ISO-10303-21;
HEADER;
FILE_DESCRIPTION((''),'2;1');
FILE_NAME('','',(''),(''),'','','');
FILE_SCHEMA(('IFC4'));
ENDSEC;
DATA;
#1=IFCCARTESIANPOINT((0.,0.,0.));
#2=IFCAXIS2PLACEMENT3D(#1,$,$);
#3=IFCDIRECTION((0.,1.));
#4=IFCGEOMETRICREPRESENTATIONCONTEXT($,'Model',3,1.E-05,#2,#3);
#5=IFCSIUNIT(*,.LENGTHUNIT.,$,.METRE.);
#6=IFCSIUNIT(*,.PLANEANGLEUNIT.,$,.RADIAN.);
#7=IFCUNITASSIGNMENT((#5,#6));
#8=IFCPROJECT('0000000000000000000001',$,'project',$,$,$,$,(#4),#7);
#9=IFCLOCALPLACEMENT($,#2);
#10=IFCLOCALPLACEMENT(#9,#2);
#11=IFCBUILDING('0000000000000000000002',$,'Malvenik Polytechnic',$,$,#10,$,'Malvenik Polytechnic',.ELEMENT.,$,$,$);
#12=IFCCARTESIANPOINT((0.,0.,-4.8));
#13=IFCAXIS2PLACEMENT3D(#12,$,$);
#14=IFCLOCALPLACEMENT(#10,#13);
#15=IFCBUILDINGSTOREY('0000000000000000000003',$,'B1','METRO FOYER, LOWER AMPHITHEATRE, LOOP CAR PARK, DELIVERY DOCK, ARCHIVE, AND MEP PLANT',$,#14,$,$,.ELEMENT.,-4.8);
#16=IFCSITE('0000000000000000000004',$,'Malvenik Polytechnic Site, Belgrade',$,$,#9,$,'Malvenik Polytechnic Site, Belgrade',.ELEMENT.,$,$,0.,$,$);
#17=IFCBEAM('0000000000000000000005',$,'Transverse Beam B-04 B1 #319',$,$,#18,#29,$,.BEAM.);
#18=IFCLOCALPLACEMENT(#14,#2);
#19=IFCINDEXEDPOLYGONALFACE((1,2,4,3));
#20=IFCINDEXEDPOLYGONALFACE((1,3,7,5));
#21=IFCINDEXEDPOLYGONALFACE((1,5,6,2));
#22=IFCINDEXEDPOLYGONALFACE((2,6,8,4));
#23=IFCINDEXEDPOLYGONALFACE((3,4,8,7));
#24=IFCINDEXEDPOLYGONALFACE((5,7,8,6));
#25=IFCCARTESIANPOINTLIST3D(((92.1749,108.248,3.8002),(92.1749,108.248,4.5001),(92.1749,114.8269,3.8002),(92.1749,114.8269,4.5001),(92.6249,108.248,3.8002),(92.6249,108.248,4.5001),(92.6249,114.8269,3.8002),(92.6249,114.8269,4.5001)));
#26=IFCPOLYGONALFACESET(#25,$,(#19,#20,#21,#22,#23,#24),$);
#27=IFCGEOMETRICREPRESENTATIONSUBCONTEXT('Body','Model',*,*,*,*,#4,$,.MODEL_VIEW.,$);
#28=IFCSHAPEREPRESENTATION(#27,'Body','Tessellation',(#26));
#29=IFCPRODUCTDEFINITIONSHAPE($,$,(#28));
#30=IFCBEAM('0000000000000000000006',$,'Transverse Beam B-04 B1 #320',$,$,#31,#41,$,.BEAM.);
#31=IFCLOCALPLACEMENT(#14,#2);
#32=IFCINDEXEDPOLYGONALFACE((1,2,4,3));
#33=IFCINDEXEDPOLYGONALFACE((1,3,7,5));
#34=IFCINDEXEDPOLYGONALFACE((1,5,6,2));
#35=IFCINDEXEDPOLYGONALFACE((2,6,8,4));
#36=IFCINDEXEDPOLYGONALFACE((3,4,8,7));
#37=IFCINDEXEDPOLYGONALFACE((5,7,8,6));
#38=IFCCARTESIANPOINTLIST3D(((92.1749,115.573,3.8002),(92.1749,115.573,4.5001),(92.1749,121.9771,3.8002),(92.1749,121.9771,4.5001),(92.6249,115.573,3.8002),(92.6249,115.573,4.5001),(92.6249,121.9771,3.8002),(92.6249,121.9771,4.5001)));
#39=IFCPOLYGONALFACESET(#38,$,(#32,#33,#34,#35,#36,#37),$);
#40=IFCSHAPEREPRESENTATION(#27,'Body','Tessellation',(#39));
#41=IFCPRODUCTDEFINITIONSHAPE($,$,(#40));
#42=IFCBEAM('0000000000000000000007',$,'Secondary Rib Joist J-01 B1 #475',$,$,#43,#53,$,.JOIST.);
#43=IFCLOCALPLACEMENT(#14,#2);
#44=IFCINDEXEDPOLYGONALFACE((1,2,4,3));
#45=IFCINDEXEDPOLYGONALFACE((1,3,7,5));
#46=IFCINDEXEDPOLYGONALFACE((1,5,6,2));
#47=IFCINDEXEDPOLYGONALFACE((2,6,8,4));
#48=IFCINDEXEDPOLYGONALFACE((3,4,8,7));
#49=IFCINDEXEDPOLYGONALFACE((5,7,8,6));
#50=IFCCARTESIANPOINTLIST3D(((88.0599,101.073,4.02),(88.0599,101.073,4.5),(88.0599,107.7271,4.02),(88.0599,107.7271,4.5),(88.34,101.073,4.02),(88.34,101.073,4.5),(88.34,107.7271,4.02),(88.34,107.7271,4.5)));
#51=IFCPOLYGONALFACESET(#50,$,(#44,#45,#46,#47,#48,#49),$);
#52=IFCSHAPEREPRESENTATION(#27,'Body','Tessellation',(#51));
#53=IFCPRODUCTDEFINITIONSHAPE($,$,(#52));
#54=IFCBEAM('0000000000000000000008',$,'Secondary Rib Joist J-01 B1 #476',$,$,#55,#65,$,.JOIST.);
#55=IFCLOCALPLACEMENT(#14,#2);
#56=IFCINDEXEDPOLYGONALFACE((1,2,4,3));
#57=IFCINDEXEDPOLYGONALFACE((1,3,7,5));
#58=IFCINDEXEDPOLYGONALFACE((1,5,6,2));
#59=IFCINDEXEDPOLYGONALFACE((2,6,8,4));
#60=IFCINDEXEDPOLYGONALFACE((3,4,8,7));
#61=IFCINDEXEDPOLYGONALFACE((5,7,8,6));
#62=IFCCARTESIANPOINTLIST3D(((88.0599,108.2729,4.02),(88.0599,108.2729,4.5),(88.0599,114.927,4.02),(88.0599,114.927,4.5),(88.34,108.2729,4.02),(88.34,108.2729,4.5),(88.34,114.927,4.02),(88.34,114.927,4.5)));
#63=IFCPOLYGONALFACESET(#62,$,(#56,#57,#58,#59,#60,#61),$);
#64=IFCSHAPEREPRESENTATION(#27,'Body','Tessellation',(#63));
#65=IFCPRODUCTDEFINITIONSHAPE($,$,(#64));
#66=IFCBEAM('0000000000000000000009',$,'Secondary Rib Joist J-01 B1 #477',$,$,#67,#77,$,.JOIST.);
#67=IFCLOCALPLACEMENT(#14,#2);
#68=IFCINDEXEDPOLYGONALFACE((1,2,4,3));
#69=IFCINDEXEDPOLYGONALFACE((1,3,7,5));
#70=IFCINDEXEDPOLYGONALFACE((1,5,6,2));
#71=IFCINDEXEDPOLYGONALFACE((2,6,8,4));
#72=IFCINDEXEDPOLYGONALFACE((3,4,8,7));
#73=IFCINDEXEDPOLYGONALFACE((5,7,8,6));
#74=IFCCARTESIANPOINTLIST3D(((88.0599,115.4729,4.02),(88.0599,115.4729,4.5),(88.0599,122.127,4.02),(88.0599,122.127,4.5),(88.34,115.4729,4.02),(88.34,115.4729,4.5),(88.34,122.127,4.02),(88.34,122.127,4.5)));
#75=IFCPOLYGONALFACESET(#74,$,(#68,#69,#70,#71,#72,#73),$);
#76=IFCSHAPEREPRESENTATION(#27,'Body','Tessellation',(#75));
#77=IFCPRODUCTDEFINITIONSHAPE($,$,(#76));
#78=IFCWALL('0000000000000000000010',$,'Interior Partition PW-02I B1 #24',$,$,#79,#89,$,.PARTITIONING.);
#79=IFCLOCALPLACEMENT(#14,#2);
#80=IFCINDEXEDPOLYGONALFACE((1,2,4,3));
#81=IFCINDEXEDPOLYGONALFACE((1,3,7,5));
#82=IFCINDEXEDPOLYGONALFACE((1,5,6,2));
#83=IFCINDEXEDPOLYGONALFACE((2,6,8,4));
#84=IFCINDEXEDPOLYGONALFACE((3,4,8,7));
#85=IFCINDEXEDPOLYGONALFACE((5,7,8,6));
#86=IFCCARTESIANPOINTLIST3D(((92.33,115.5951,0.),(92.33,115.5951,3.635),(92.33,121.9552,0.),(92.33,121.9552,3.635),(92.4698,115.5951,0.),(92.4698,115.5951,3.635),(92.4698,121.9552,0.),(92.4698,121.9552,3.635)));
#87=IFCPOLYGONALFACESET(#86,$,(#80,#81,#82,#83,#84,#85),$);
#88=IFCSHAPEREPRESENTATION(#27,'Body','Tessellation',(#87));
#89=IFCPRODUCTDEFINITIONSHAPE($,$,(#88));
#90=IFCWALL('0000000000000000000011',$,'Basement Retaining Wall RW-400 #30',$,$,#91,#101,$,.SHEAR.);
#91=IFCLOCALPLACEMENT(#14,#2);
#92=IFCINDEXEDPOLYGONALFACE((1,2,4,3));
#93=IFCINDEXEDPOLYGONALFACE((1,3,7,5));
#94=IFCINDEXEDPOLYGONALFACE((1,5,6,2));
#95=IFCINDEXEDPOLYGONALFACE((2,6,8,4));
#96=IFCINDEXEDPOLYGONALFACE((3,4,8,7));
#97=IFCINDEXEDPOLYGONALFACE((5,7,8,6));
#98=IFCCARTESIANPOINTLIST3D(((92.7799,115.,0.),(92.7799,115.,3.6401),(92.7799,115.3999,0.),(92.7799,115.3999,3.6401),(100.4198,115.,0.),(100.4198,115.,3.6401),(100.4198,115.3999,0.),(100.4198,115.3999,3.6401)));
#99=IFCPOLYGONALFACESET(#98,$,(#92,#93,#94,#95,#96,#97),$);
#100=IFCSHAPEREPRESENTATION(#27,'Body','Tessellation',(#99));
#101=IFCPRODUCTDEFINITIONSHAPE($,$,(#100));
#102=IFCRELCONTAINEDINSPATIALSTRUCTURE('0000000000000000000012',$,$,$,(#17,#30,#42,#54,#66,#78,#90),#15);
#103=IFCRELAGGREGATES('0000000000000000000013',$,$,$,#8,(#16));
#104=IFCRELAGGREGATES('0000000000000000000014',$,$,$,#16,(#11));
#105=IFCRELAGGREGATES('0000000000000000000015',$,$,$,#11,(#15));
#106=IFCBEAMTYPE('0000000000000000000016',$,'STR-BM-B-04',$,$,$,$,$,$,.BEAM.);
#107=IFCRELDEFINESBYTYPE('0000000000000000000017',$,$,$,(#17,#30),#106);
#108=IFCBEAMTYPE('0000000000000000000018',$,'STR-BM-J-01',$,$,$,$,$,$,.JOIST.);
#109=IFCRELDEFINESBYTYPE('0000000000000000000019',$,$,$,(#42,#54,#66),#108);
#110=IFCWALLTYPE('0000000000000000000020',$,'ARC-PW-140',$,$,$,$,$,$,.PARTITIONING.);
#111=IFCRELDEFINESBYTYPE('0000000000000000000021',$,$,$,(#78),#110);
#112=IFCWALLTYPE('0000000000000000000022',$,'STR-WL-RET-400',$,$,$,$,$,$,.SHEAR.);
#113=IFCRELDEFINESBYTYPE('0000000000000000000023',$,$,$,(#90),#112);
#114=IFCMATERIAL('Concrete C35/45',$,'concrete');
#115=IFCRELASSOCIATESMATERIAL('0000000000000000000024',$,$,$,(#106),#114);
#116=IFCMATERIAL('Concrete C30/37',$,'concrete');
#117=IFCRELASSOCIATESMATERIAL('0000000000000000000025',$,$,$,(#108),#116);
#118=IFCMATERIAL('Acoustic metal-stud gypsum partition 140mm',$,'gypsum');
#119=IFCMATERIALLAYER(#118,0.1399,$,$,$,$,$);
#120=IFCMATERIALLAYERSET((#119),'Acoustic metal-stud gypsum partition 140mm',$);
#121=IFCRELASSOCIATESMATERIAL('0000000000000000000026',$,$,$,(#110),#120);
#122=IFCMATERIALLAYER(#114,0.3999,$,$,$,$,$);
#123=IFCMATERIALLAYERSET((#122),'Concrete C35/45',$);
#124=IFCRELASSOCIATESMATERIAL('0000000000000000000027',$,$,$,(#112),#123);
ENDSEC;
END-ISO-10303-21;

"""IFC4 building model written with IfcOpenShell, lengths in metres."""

from ifc_helpers import new_model, si_unit, direction, frame, frame_2d, origin, origin_2d, place, context, subcontext, project, spatial, rectangle, extrude, material, layer, layer_set, material_profile, profile_set, type_object, element, save


model = new_model("IFC4")

# Units and contexts
model_context = context("Model", 3, precision=1e-05, world=origin(), true_north=direction((0.0, 1.0)))
body_context = subcontext(model_context, "Body", "Model", "MODEL_VIEW")
ifc_project = project(units=[si_unit("LENGTHUNIT", "METRE"), si_unit("PLANEANGLEUNIT", "RADIAN")], contexts=[model_context])

# Site, building, storey
site_placement = place(None, origin())
site = spatial("IfcSite", under=ifc_project, at=site_placement, Name="Malvenik Polytechnic Site, Belgrade", LongName="Malvenik Polytechnic Site, Belgrade", CompositionType="ELEMENT", RefElevation=0.0)
building_placement = place(site_placement, origin())
building = spatial("IfcBuilding", under=site, at=building_placement, Name="Malvenik Polytechnic", LongName="Malvenik Polytechnic", CompositionType="ELEMENT")
storey_placement = place(building_placement, frame((0.0, 0.0, -4.8)))
storey = spatial("IfcBuildingStorey", under=building, at=storey_placement, Name="B1", Description="METRO FOYER, LOWER AMPHITHEATRE, LOOP CAR PARK, DELIVERY DOCK, ARCHIVE, AND MEP PLANT", CompositionType="ELEMENT", Elevation=-4.8)

# Shared definitions
ifc_material_1 = material(Name="Concrete C35/45", Category="concrete")

# Beams
ifc_material_profile_1 = material_profile(ifc_material_1, rectangle(XDim=0.45, YDim=0.7, at=origin_2d()), Name="RC BM 450x700")
ifc_profile_set_1 = profile_set([ifc_material_profile_1], Name="Concrete C35/45")
beam_type_1 = type_object("IfcBeamType", Name="STR-BM-B-04", PredefinedType="BEAM", material=ifc_profile_set_1)
beam_1_placement = place(storey_placement, frame((92.3999, 108.248, 4.1501), z_axis=(0.0, 1.0, 0.0), x_axis=(-1.0, 0.0, 0.0)))
element("IfcBeam", 1, at=beam_1_placement, inside=storey, type_object=beam_type_1, Name="Transverse Beam B-04 B1 #319", PredefinedType="BEAM", context=body_context, shape_type="SweptSolid", body=[
    extrude(rectangle(XDim=0.45, YDim=0.7, at=origin_2d()), origin(), (0.0, 0.0, 1.0), 6.5789),
])
beam_2_placement = place(storey_placement, frame((92.3999, 115.573, 4.1501), z_axis=(0.0, 1.0, 0.0), x_axis=(-1.0, 0.0, 0.0)))
element("IfcBeam", 2, at=beam_2_placement, inside=storey, type_object=beam_type_1, Name="Transverse Beam B-04 B1 #320", PredefinedType="BEAM", context=body_context, shape_type="SweptSolid", body=[
    extrude(rectangle(XDim=0.45, YDim=0.7, at=origin_2d()), origin(), (0.0, 0.0, 1.0), 6.4041),
])
ifc_material_2 = material(Name="Concrete C30/37", Category="concrete")
ifc_material_profile_2 = material_profile(ifc_material_2, rectangle(XDim=0.28, YDim=0.48, at=origin_2d()), Name="RC JST 280x480")
ifc_profile_set_2 = profile_set([ifc_material_profile_2], Name="Concrete C30/37")
beam_type_2 = type_object("IfcBeamType", Name="STR-BM-J-01", PredefinedType="JOIST", material=ifc_profile_set_2)
for number, where, z_axis, x_axis, name in (
    (3, (88.2, 101.073, 4.26), (0.0, 1.0, 0.0), (-1.0, 0.0, 0.0), "Secondary Rib Joist J-01 B1 #475"),
    (4, (88.2, 108.2729, 4.26), (0.0, 1.0, 0.0), (-1.0, 0.0, 0.0), "Secondary Rib Joist J-01 B1 #476"),
    (5, (88.2, 115.4729, 4.26), (0.0, 1.0, 0.0), (-1.0, 0.0, 0.0), "Secondary Rib Joist J-01 B1 #477"),
):
    element("IfcBeam", number, at=place(storey_placement, frame(where, z_axis=z_axis, x_axis=x_axis)), inside=storey, type_object=beam_type_2, Name=name, PredefinedType="JOIST", context=body_context, shape_type="SweptSolid", body=[
        extrude(rectangle(XDim=0.28, YDim=0.48, at=origin_2d()), origin(), (0.0, 0.0, 1.0), 6.6541),
    ])

# Walls
ifc_material_3 = material(Name="Acoustic metal-stud gypsum partition 140mm", Category="gypsum")
ifc_layer_1 = layer(ifc_material_3, 0.1399)
ifc_layer_set_1 = layer_set([ifc_layer_1], Name="Acoustic metal-stud gypsum partition 140mm")
wall_type_1 = type_object("IfcWallType", Name="ARC-PW-140", PredefinedType="PARTITIONING", material=ifc_layer_set_1)
wall_1_placement = place(storey_placement, frame((92.3999, 115.595, 0.0), z_axis=(0.0, 0.0, 1.0), x_axis=(0.0, 1.0, 0.0)))
element("IfcWall", 6, at=wall_1_placement, inside=storey, type_object=wall_type_1, Name="Interior Partition PW-02I B1 #24", PredefinedType="PARTITIONING", context=body_context, shape_type="SweptSolid", body=[
    extrude(rectangle(XDim=6.3601, YDim=0.1399, at=frame_2d((3.1802, 0.0))), origin(), (0.0, 0.0, 1.0), 3.635),
])
ifc_layer_2 = layer(ifc_material_1, 0.3999)
ifc_layer_set_2 = layer_set([ifc_layer_2], Name="Concrete C35/45")
wall_type_2 = type_object("IfcWallType", Name="STR-WL-RET-400", PredefinedType="SHEAR", material=ifc_layer_set_2)
wall_2_placement = place(storey_placement, frame((92.78, 115.2, 0.0), z_axis=(0.0, 0.0, 1.0), x_axis=(1.0, 0.0, 0.0)))
element("IfcWall", 7, at=wall_2_placement, inside=storey, type_object=wall_type_2, Name="Basement Retaining Wall RW-400 #30", PredefinedType="SHEAR", context=body_context, shape_type="SweptSolid", body=[
    extrude(rectangle(XDim=7.6399, YDim=0.3999, at=frame_2d((3.8198, 0.0))), origin(), (0.0, 0.0, 1.0), 3.6401),
])

save(model, "model.ifc")
